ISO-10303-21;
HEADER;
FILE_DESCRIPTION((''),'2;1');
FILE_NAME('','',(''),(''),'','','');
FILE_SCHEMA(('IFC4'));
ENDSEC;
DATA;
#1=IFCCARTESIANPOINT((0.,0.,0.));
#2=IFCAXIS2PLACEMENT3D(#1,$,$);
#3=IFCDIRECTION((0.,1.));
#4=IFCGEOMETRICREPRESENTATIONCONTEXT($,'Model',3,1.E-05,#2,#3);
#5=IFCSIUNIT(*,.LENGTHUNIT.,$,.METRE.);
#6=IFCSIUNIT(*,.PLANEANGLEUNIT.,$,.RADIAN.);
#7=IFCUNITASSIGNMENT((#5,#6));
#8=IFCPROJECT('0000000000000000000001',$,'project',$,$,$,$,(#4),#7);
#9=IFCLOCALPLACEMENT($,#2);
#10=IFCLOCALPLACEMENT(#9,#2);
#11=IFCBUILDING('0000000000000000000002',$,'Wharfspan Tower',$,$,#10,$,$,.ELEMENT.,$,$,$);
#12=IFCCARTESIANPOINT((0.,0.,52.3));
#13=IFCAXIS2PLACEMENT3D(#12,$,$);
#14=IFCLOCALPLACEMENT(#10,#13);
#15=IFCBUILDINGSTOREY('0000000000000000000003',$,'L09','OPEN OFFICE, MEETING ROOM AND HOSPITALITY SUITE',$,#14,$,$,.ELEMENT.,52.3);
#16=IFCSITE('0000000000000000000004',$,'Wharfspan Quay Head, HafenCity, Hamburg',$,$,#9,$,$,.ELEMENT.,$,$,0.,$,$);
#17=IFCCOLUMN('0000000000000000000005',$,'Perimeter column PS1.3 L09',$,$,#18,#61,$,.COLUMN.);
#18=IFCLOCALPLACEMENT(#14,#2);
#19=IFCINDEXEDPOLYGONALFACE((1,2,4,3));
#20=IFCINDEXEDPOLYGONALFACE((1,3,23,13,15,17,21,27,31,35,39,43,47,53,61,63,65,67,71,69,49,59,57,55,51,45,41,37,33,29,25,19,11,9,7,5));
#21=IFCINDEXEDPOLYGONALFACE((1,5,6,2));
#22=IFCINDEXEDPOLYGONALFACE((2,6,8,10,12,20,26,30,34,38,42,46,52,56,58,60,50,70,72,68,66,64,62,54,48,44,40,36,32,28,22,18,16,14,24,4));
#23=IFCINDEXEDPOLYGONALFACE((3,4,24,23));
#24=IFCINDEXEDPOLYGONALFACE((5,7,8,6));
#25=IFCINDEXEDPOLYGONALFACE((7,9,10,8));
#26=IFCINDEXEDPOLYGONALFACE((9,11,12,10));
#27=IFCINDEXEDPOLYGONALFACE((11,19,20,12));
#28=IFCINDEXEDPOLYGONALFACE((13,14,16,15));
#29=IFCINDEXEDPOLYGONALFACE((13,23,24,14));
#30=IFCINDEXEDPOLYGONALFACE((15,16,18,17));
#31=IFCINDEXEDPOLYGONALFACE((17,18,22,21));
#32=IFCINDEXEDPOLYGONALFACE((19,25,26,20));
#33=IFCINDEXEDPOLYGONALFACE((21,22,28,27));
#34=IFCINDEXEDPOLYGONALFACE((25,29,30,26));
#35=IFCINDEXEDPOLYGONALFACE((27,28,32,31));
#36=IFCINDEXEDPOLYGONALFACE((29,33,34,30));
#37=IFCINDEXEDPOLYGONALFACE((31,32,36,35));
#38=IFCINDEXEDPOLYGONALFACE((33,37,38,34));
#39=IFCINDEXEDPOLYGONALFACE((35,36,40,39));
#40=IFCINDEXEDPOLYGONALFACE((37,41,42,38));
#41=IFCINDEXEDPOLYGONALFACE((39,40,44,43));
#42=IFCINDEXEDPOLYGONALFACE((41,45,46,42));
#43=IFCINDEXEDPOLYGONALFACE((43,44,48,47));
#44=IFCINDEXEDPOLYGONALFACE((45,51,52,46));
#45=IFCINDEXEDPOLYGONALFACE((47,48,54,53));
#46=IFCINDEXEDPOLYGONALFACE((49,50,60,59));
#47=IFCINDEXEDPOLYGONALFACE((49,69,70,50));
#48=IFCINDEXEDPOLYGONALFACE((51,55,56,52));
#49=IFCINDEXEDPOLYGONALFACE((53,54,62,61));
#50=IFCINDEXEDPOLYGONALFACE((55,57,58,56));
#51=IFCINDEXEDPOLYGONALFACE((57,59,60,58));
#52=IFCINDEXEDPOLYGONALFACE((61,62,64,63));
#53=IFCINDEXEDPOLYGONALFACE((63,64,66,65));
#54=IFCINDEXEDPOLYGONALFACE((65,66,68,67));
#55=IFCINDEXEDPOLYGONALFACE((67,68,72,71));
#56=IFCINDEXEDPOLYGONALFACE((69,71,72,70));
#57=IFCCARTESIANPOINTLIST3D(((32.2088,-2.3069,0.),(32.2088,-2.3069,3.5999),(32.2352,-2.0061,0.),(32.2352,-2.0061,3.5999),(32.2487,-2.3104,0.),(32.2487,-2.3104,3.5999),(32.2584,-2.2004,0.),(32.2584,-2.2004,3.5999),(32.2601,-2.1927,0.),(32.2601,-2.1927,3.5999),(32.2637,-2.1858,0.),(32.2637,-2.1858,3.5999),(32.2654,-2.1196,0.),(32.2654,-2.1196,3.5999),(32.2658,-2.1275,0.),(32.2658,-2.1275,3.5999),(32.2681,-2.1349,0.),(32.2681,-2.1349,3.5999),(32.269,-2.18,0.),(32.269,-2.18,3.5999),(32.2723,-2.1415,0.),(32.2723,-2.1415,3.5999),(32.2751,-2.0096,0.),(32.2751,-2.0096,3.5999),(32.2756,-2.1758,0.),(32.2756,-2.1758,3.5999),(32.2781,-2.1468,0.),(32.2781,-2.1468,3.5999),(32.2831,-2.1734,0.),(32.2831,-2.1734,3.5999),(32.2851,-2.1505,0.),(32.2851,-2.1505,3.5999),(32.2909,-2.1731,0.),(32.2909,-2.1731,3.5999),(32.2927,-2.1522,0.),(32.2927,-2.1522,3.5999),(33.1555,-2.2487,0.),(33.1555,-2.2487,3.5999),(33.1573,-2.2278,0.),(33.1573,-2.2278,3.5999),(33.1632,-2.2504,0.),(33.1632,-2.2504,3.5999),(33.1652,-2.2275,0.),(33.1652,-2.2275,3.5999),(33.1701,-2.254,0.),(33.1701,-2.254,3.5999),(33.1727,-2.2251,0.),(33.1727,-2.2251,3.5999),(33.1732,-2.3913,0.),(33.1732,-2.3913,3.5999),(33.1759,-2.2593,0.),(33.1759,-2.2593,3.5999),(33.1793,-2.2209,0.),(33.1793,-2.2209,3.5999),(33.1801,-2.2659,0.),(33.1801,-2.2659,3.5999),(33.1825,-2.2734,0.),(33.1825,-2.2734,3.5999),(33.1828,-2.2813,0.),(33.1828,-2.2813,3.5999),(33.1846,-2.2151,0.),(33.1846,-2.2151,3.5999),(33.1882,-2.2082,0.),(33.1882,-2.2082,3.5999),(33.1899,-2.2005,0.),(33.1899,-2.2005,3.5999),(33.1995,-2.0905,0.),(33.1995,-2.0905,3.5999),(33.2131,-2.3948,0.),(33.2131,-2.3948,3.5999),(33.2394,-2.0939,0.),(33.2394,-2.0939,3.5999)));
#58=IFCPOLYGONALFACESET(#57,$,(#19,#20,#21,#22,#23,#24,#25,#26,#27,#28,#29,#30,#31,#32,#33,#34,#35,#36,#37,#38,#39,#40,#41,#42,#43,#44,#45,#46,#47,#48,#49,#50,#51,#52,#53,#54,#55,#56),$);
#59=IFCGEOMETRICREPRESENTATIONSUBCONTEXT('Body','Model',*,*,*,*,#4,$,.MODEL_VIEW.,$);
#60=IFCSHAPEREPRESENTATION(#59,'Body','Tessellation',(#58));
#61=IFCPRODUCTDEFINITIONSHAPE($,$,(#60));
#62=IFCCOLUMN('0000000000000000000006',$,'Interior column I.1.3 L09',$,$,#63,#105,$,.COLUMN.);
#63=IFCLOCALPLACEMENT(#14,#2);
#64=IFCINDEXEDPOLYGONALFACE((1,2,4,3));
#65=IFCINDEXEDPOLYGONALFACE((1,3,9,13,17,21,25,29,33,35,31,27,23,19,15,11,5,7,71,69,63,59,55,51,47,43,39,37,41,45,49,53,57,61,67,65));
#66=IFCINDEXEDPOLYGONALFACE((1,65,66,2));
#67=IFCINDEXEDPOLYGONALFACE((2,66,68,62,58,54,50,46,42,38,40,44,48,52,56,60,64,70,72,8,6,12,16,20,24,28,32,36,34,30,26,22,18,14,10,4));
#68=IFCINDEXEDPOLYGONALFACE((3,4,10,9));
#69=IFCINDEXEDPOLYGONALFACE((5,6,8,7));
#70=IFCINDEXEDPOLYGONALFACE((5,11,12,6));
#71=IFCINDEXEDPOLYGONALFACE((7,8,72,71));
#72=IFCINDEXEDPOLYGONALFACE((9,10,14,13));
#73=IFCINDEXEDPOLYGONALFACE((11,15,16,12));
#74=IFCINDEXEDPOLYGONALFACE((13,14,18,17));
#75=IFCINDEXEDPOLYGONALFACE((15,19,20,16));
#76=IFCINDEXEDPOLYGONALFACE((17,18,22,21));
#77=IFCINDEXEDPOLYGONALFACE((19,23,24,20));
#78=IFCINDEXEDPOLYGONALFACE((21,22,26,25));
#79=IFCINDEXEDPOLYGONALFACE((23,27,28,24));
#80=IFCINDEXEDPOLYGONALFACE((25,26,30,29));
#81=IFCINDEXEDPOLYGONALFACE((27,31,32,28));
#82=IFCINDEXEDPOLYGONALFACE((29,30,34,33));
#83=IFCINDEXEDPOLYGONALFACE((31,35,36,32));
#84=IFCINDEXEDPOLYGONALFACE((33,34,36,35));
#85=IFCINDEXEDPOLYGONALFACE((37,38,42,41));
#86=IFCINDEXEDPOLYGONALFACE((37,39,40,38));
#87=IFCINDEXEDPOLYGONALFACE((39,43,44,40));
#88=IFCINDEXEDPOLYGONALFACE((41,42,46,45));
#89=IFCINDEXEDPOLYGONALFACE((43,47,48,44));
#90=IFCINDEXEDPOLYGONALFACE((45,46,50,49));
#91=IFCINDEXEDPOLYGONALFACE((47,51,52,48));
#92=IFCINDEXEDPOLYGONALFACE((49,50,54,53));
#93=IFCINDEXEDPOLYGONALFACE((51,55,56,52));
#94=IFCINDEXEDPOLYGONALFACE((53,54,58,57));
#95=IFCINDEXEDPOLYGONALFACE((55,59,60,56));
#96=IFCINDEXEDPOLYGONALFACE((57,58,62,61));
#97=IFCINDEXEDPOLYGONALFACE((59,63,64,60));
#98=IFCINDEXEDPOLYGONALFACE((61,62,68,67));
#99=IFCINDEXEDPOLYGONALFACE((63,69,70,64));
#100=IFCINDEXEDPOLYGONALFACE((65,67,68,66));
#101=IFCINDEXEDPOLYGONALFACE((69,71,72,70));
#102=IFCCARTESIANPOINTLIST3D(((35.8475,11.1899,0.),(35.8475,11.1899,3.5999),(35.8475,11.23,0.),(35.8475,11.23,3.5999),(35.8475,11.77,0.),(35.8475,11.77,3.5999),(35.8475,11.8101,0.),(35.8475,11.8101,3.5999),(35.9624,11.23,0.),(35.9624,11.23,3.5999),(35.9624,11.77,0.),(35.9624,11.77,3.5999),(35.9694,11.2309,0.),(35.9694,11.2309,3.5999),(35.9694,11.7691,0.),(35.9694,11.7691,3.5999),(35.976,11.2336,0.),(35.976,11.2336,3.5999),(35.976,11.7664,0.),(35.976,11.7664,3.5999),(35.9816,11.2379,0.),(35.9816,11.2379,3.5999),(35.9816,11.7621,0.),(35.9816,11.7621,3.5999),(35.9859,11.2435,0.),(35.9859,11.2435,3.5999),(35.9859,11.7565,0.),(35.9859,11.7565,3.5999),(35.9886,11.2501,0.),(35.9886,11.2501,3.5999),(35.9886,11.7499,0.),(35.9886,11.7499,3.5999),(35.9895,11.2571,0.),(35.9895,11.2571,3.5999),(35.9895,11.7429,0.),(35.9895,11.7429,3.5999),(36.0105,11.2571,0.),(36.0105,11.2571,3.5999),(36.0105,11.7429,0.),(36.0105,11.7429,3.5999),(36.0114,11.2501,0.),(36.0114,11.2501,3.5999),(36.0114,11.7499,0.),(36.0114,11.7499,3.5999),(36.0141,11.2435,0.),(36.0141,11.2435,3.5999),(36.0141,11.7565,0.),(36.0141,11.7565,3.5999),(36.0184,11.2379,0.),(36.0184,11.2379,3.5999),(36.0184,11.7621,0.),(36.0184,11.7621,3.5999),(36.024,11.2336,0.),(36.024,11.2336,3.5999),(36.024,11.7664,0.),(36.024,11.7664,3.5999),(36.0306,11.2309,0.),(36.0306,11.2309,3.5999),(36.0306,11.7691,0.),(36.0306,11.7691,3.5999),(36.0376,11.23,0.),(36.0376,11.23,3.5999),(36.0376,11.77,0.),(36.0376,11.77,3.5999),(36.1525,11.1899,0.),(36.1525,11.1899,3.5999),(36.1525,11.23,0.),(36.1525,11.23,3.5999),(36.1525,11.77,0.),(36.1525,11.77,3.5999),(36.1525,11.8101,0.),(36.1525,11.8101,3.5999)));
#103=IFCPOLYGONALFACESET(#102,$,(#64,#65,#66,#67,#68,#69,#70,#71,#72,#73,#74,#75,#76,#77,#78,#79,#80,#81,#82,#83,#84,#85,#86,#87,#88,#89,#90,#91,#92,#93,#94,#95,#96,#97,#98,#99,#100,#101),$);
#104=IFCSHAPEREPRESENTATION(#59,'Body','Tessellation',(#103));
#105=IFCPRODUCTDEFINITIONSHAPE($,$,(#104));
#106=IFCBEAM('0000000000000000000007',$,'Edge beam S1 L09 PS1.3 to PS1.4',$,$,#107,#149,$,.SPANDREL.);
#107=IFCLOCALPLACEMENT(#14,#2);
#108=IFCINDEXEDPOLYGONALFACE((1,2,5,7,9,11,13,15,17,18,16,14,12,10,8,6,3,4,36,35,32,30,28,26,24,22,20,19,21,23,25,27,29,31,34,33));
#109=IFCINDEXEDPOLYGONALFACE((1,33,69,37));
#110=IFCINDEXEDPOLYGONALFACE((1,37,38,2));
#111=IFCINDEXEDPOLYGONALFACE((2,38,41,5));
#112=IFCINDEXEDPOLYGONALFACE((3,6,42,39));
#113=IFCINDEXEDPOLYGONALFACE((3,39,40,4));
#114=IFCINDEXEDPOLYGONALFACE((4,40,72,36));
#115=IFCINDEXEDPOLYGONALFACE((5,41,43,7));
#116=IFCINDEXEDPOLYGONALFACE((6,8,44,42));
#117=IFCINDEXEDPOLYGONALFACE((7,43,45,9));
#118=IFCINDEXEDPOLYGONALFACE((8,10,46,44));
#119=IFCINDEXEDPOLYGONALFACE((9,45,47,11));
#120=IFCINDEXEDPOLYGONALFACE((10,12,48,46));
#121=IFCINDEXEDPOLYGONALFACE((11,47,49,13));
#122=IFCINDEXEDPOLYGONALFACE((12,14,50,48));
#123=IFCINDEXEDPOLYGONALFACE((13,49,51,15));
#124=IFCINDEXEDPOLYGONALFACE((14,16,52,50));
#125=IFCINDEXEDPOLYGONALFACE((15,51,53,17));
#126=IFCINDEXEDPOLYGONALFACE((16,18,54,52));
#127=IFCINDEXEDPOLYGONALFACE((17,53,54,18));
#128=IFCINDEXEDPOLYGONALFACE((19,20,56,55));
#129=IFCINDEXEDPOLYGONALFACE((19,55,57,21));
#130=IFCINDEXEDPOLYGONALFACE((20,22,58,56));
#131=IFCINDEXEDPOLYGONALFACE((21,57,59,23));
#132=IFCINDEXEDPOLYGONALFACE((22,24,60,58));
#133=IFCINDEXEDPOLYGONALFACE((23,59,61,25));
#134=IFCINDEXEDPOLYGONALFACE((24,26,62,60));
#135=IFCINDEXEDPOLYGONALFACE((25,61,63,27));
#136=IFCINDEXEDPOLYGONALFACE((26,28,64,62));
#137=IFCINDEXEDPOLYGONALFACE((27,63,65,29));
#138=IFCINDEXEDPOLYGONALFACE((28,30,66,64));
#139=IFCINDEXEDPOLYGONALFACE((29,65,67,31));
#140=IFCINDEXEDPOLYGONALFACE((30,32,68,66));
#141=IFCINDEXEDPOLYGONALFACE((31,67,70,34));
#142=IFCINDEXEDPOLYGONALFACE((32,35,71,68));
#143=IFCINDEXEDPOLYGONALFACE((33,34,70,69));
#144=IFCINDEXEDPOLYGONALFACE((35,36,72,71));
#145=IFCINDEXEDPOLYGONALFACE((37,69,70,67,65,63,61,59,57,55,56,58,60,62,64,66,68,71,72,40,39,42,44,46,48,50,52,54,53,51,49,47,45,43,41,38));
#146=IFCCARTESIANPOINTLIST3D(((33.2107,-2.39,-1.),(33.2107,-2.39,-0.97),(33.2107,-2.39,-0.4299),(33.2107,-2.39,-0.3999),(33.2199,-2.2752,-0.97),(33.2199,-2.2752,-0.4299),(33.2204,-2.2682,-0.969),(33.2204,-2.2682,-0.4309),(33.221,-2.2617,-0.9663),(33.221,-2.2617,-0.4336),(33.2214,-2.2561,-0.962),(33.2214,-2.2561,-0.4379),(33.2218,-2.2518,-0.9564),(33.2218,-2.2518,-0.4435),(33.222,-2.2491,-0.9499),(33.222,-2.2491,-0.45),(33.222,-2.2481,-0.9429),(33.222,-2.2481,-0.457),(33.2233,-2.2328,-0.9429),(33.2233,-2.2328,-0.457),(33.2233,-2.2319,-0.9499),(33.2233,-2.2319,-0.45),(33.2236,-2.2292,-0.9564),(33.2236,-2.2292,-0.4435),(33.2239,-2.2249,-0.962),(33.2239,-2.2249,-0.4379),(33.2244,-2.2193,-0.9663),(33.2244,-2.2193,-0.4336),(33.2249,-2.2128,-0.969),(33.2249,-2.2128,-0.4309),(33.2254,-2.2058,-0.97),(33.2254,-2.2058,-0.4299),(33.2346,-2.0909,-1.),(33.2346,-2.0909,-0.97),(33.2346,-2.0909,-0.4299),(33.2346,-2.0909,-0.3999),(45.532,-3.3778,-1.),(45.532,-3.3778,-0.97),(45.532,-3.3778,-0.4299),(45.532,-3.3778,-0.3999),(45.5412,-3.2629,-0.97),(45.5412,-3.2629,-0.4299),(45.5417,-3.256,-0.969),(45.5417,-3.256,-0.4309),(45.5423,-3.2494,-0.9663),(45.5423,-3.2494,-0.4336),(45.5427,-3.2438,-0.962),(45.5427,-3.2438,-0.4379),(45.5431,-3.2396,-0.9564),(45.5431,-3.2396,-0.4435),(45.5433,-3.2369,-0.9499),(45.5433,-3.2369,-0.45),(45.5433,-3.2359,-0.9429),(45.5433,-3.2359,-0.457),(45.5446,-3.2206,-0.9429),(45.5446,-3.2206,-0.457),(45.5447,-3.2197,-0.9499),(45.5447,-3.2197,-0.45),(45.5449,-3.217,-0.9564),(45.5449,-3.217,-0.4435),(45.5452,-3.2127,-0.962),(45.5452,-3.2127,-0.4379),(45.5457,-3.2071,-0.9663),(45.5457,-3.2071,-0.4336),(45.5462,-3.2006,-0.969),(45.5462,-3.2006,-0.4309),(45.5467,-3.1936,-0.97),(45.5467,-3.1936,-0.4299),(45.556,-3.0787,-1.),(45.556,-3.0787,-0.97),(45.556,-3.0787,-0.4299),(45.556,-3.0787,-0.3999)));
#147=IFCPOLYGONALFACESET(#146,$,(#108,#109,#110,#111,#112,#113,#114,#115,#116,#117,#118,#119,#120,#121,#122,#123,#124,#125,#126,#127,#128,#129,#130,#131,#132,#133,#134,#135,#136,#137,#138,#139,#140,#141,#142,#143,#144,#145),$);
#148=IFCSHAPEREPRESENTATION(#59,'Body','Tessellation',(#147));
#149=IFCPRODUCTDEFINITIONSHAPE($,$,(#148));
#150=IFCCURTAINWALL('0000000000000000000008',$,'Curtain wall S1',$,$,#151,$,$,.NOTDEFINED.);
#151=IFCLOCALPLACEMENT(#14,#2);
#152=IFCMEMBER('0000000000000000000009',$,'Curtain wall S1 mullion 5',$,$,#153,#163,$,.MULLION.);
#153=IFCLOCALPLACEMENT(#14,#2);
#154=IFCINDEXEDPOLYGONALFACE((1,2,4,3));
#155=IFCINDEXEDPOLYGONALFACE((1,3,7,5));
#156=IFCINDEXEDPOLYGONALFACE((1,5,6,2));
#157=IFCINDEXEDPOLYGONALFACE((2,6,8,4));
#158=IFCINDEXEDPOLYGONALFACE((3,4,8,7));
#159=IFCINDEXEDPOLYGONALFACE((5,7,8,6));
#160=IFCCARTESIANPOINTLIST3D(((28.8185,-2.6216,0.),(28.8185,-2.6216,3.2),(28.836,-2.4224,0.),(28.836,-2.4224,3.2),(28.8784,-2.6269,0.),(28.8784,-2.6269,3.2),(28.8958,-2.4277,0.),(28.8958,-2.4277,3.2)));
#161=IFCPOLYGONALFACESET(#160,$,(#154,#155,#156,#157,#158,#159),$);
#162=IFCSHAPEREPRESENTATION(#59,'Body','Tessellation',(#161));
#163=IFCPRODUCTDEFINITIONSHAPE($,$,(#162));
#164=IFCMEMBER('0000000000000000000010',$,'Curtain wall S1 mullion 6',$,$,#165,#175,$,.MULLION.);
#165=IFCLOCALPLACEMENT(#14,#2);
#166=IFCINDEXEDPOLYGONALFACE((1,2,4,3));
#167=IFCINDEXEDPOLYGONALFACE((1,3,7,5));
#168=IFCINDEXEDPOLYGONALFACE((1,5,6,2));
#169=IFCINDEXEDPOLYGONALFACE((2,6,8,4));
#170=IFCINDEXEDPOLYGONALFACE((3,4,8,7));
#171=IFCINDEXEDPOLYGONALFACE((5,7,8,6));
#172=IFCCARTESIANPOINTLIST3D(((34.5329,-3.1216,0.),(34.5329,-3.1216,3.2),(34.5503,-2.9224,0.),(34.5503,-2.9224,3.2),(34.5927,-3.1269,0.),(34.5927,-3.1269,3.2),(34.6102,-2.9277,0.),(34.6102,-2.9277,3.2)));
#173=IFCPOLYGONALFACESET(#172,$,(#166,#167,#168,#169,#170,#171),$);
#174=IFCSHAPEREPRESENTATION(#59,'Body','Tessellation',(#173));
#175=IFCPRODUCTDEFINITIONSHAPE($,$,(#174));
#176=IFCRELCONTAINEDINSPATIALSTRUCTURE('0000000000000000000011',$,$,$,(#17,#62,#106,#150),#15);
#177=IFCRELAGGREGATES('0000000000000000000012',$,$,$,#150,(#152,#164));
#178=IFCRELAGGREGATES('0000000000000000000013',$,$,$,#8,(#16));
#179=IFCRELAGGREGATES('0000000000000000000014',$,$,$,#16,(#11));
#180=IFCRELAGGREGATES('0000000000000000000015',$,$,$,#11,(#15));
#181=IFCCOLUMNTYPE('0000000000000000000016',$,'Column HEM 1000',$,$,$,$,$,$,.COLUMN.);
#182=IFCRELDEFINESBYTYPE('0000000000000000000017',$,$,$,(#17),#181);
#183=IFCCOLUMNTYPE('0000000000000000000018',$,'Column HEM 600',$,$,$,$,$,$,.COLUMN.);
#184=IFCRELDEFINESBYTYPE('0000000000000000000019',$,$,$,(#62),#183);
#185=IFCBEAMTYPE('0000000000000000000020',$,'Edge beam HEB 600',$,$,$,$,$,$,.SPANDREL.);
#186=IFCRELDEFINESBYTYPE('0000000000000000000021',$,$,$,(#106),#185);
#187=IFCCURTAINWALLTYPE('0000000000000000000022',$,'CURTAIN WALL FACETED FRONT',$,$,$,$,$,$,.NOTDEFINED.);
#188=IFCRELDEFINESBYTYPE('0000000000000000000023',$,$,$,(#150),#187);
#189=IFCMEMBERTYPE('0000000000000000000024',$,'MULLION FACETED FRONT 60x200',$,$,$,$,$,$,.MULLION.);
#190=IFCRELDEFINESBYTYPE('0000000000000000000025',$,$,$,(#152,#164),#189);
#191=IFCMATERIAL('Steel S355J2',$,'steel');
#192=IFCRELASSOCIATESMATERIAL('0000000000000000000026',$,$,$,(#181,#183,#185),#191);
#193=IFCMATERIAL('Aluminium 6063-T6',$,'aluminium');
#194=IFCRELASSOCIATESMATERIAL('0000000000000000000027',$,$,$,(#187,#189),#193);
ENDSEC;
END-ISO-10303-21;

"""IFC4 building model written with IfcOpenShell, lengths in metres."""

from ifc_helpers import new_model, si_unit, direction, frame, origin, origin_2d, place, context, subcontext, project, spatial, rectangle, i_section, extrude, material, material_profile, profile_set, type_object, element, aggregate, save


model = new_model("IFC4")

# Units and contexts
model_context = context("Model", 3, precision=1e-05, world=origin(), true_north=direction((0.0, 1.0)))
body_context = subcontext(model_context, "Body", "Model", "MODEL_VIEW")
ifc_project = project(units=[si_unit("LENGTHUNIT", "METRE"), si_unit("PLANEANGLEUNIT", "RADIAN")], contexts=[model_context])

# Site, building, storey
site_placement = place(None, origin())
site = spatial("IfcSite", under=ifc_project, at=site_placement, Name="Wharfspan Quay Head, HafenCity, Hamburg", CompositionType="ELEMENT", RefElevation=0.0)
building_placement = place(site_placement, origin())
building = spatial("IfcBuilding", under=site, at=building_placement, Name="Wharfspan Tower", CompositionType="ELEMENT")
storey_placement = place(building_placement, frame((0.0, 0.0, 52.3)))
storey = spatial("IfcBuildingStorey", under=building, at=storey_placement, Name="L09", Description="OPEN OFFICE, MEETING ROOM AND HOSPITALITY SUITE", CompositionType="ELEMENT", Elevation=52.3)

# Columns
ifc_material_1 = material(Name="Steel S355J2", Category="steel")
ifc_material_profile_1 = material_profile(ifc_material_1, i_section(OverallWidth=0.302, OverallDepth=1.0081, WebThickness=0.021, FlangeThickness=0.04, FilletRadius=0.03, at=origin_2d()))
ifc_profile_set_1 = profile_set([ifc_material_profile_1], Name="Steel S355J2")
column_type_1 = type_object("IfcColumnType", Name="Column HEM 1000", PredefinedType="COLUMN", material=ifc_profile_set_1)
column_1_placement = place(storey_placement, frame((32.7241, -2.2004, 0.0), z_axis=(0.0, 0.0, 1.0), x_axis=(-0.087156, -0.996198, 0.0)))
element("IfcColumn", 1, at=column_1_placement, inside=storey, type_object=column_type_1, Name="Perimeter column PS1.3 L09", PredefinedType="COLUMN", context=body_context, shape_type="SweptSolid", body=[
    extrude(i_section(OverallWidth=0.302, OverallDepth=1.0081, WebThickness=0.021, FlangeThickness=0.04, FilletRadius=0.03, at=origin_2d()), origin(), (0.0, 0.0, 1.0), 3.5999),
])
ifc_material_profile_2 = material_profile(ifc_material_1, i_section(OverallWidth=0.3049, OverallDepth=0.6201, WebThickness=0.021, FlangeThickness=0.04, FilletRadius=0.0271, at=origin_2d()))
ifc_profile_set_2 = profile_set([ifc_material_profile_2], Name="Steel S355J2")
column_type_2 = type_object("IfcColumnType", Name="Column HEM 600", PredefinedType="COLUMN", material=ifc_profile_set_2)
column_2_placement = place(storey_placement, frame((36.0, 11.5, 0.0), z_axis=(0.0, 0.0, 1.0), x_axis=(1.0, 0.0, 0.0)))
element("IfcColumn", 2, at=column_2_placement, inside=storey, type_object=column_type_2, Name="Interior column I.1.3 L09", PredefinedType="COLUMN", context=body_context, shape_type="SweptSolid", body=[
    extrude(i_section(OverallWidth=0.3049, OverallDepth=0.6201, WebThickness=0.021, FlangeThickness=0.04, FilletRadius=0.0271, at=origin_2d()), origin(), (0.0, 0.0, 1.0), 3.5999),
])

# Beam
ifc_material_profile_3 = material_profile(ifc_material_1, i_section(OverallWidth=0.3, OverallDepth=0.6001, WebThickness=0.0154, FlangeThickness=0.03, FilletRadius=0.0271, at=origin_2d()))
ifc_profile_set_3 = profile_set([ifc_material_profile_3], Name="Steel S355J2")
beam_type = type_object("IfcBeamType", Name="Edge beam HEB 600", PredefinedType="SPANDREL", material=ifc_profile_set_3)
beam_placement = place(storey_placement, frame((33.2227, -2.2405, -0.7), z_axis=(0.996802, -0.079913, 0.0), x_axis=(0.079913, 0.996802, 0.0)))
element("IfcBeam", 3, at=beam_placement, inside=storey, type_object=beam_type, Name="Edge beam S1 L09 PS1.3 to PS1.4", PredefinedType="SPANDREL", context=body_context, shape_type="SweptSolid", body=[
    extrude(i_section(OverallWidth=0.3, OverallDepth=0.6001, WebThickness=0.0154, FlangeThickness=0.03, FilletRadius=0.0271, at=origin_2d()), origin(), (0.0, 0.0, 1.0), 12.3608),
])

# Curtain wall, members
ifc_material_2 = material(Name="Aluminium 6063-T6", Category="aluminium")
curtain_wall_type = type_object("IfcCurtainWallType", Name="CURTAIN WALL FACETED FRONT", PredefinedType="NOTDEFINED", material=ifc_material_2)
curtain_wall_placement = place(storey_placement, origin())
curtain_wall = element("IfcCurtainWall", 4, at=curtain_wall_placement, inside=storey, type_object=curtain_wall_type, Name="Curtain wall S1", PredefinedType="NOTDEFINED")
ifc_material_profile_4 = material_profile(ifc_material_2, rectangle(XDim=0.2, YDim=0.0601, at=origin_2d()))
ifc_profile_set_4 = profile_set([ifc_material_profile_4], Name="Aluminium 6063-T6")
member_type_1 = type_object("IfcMemberType", Name="MULLION FACETED FRONT 60x200", PredefinedType="MULLION", material=ifc_profile_set_4)
member_1_placement = place(storey_placement, frame((28.8572, -2.5247, 0.0), z_axis=(0.0, 0.0, 1.0), x_axis=(0.087156, 0.996197, 0.0)))
member_1 = element("IfcMember", 5, at=member_1_placement, type_object=member_type_1, Name="Curtain wall S1 mullion 5", PredefinedType="MULLION", context=body_context, shape_type="SweptSolid", body=[
    extrude(rectangle(XDim=0.2, YDim=0.0601, at=origin_2d()), origin(), (0.0, 0.0, 1.0), 3.2),
])
member_2_placement = place(storey_placement, frame((34.5715, -3.0247, 0.0), z_axis=(0.0, 0.0, 1.0), x_axis=(0.087156, 0.996197, 0.0)))
member_2 = element("IfcMember", 6, at=member_2_placement, type_object=member_type_1, Name="Curtain wall S1 mullion 6", PredefinedType="MULLION", context=body_context, shape_type="SweptSolid", body=[
    extrude(rectangle(XDim=0.2, YDim=0.0601, at=origin_2d()), origin(), (0.0, 0.0, 1.0), 3.2),
])

aggregate(curtain_wall, [member_1, member_2])

save(model, "model.ifc")
